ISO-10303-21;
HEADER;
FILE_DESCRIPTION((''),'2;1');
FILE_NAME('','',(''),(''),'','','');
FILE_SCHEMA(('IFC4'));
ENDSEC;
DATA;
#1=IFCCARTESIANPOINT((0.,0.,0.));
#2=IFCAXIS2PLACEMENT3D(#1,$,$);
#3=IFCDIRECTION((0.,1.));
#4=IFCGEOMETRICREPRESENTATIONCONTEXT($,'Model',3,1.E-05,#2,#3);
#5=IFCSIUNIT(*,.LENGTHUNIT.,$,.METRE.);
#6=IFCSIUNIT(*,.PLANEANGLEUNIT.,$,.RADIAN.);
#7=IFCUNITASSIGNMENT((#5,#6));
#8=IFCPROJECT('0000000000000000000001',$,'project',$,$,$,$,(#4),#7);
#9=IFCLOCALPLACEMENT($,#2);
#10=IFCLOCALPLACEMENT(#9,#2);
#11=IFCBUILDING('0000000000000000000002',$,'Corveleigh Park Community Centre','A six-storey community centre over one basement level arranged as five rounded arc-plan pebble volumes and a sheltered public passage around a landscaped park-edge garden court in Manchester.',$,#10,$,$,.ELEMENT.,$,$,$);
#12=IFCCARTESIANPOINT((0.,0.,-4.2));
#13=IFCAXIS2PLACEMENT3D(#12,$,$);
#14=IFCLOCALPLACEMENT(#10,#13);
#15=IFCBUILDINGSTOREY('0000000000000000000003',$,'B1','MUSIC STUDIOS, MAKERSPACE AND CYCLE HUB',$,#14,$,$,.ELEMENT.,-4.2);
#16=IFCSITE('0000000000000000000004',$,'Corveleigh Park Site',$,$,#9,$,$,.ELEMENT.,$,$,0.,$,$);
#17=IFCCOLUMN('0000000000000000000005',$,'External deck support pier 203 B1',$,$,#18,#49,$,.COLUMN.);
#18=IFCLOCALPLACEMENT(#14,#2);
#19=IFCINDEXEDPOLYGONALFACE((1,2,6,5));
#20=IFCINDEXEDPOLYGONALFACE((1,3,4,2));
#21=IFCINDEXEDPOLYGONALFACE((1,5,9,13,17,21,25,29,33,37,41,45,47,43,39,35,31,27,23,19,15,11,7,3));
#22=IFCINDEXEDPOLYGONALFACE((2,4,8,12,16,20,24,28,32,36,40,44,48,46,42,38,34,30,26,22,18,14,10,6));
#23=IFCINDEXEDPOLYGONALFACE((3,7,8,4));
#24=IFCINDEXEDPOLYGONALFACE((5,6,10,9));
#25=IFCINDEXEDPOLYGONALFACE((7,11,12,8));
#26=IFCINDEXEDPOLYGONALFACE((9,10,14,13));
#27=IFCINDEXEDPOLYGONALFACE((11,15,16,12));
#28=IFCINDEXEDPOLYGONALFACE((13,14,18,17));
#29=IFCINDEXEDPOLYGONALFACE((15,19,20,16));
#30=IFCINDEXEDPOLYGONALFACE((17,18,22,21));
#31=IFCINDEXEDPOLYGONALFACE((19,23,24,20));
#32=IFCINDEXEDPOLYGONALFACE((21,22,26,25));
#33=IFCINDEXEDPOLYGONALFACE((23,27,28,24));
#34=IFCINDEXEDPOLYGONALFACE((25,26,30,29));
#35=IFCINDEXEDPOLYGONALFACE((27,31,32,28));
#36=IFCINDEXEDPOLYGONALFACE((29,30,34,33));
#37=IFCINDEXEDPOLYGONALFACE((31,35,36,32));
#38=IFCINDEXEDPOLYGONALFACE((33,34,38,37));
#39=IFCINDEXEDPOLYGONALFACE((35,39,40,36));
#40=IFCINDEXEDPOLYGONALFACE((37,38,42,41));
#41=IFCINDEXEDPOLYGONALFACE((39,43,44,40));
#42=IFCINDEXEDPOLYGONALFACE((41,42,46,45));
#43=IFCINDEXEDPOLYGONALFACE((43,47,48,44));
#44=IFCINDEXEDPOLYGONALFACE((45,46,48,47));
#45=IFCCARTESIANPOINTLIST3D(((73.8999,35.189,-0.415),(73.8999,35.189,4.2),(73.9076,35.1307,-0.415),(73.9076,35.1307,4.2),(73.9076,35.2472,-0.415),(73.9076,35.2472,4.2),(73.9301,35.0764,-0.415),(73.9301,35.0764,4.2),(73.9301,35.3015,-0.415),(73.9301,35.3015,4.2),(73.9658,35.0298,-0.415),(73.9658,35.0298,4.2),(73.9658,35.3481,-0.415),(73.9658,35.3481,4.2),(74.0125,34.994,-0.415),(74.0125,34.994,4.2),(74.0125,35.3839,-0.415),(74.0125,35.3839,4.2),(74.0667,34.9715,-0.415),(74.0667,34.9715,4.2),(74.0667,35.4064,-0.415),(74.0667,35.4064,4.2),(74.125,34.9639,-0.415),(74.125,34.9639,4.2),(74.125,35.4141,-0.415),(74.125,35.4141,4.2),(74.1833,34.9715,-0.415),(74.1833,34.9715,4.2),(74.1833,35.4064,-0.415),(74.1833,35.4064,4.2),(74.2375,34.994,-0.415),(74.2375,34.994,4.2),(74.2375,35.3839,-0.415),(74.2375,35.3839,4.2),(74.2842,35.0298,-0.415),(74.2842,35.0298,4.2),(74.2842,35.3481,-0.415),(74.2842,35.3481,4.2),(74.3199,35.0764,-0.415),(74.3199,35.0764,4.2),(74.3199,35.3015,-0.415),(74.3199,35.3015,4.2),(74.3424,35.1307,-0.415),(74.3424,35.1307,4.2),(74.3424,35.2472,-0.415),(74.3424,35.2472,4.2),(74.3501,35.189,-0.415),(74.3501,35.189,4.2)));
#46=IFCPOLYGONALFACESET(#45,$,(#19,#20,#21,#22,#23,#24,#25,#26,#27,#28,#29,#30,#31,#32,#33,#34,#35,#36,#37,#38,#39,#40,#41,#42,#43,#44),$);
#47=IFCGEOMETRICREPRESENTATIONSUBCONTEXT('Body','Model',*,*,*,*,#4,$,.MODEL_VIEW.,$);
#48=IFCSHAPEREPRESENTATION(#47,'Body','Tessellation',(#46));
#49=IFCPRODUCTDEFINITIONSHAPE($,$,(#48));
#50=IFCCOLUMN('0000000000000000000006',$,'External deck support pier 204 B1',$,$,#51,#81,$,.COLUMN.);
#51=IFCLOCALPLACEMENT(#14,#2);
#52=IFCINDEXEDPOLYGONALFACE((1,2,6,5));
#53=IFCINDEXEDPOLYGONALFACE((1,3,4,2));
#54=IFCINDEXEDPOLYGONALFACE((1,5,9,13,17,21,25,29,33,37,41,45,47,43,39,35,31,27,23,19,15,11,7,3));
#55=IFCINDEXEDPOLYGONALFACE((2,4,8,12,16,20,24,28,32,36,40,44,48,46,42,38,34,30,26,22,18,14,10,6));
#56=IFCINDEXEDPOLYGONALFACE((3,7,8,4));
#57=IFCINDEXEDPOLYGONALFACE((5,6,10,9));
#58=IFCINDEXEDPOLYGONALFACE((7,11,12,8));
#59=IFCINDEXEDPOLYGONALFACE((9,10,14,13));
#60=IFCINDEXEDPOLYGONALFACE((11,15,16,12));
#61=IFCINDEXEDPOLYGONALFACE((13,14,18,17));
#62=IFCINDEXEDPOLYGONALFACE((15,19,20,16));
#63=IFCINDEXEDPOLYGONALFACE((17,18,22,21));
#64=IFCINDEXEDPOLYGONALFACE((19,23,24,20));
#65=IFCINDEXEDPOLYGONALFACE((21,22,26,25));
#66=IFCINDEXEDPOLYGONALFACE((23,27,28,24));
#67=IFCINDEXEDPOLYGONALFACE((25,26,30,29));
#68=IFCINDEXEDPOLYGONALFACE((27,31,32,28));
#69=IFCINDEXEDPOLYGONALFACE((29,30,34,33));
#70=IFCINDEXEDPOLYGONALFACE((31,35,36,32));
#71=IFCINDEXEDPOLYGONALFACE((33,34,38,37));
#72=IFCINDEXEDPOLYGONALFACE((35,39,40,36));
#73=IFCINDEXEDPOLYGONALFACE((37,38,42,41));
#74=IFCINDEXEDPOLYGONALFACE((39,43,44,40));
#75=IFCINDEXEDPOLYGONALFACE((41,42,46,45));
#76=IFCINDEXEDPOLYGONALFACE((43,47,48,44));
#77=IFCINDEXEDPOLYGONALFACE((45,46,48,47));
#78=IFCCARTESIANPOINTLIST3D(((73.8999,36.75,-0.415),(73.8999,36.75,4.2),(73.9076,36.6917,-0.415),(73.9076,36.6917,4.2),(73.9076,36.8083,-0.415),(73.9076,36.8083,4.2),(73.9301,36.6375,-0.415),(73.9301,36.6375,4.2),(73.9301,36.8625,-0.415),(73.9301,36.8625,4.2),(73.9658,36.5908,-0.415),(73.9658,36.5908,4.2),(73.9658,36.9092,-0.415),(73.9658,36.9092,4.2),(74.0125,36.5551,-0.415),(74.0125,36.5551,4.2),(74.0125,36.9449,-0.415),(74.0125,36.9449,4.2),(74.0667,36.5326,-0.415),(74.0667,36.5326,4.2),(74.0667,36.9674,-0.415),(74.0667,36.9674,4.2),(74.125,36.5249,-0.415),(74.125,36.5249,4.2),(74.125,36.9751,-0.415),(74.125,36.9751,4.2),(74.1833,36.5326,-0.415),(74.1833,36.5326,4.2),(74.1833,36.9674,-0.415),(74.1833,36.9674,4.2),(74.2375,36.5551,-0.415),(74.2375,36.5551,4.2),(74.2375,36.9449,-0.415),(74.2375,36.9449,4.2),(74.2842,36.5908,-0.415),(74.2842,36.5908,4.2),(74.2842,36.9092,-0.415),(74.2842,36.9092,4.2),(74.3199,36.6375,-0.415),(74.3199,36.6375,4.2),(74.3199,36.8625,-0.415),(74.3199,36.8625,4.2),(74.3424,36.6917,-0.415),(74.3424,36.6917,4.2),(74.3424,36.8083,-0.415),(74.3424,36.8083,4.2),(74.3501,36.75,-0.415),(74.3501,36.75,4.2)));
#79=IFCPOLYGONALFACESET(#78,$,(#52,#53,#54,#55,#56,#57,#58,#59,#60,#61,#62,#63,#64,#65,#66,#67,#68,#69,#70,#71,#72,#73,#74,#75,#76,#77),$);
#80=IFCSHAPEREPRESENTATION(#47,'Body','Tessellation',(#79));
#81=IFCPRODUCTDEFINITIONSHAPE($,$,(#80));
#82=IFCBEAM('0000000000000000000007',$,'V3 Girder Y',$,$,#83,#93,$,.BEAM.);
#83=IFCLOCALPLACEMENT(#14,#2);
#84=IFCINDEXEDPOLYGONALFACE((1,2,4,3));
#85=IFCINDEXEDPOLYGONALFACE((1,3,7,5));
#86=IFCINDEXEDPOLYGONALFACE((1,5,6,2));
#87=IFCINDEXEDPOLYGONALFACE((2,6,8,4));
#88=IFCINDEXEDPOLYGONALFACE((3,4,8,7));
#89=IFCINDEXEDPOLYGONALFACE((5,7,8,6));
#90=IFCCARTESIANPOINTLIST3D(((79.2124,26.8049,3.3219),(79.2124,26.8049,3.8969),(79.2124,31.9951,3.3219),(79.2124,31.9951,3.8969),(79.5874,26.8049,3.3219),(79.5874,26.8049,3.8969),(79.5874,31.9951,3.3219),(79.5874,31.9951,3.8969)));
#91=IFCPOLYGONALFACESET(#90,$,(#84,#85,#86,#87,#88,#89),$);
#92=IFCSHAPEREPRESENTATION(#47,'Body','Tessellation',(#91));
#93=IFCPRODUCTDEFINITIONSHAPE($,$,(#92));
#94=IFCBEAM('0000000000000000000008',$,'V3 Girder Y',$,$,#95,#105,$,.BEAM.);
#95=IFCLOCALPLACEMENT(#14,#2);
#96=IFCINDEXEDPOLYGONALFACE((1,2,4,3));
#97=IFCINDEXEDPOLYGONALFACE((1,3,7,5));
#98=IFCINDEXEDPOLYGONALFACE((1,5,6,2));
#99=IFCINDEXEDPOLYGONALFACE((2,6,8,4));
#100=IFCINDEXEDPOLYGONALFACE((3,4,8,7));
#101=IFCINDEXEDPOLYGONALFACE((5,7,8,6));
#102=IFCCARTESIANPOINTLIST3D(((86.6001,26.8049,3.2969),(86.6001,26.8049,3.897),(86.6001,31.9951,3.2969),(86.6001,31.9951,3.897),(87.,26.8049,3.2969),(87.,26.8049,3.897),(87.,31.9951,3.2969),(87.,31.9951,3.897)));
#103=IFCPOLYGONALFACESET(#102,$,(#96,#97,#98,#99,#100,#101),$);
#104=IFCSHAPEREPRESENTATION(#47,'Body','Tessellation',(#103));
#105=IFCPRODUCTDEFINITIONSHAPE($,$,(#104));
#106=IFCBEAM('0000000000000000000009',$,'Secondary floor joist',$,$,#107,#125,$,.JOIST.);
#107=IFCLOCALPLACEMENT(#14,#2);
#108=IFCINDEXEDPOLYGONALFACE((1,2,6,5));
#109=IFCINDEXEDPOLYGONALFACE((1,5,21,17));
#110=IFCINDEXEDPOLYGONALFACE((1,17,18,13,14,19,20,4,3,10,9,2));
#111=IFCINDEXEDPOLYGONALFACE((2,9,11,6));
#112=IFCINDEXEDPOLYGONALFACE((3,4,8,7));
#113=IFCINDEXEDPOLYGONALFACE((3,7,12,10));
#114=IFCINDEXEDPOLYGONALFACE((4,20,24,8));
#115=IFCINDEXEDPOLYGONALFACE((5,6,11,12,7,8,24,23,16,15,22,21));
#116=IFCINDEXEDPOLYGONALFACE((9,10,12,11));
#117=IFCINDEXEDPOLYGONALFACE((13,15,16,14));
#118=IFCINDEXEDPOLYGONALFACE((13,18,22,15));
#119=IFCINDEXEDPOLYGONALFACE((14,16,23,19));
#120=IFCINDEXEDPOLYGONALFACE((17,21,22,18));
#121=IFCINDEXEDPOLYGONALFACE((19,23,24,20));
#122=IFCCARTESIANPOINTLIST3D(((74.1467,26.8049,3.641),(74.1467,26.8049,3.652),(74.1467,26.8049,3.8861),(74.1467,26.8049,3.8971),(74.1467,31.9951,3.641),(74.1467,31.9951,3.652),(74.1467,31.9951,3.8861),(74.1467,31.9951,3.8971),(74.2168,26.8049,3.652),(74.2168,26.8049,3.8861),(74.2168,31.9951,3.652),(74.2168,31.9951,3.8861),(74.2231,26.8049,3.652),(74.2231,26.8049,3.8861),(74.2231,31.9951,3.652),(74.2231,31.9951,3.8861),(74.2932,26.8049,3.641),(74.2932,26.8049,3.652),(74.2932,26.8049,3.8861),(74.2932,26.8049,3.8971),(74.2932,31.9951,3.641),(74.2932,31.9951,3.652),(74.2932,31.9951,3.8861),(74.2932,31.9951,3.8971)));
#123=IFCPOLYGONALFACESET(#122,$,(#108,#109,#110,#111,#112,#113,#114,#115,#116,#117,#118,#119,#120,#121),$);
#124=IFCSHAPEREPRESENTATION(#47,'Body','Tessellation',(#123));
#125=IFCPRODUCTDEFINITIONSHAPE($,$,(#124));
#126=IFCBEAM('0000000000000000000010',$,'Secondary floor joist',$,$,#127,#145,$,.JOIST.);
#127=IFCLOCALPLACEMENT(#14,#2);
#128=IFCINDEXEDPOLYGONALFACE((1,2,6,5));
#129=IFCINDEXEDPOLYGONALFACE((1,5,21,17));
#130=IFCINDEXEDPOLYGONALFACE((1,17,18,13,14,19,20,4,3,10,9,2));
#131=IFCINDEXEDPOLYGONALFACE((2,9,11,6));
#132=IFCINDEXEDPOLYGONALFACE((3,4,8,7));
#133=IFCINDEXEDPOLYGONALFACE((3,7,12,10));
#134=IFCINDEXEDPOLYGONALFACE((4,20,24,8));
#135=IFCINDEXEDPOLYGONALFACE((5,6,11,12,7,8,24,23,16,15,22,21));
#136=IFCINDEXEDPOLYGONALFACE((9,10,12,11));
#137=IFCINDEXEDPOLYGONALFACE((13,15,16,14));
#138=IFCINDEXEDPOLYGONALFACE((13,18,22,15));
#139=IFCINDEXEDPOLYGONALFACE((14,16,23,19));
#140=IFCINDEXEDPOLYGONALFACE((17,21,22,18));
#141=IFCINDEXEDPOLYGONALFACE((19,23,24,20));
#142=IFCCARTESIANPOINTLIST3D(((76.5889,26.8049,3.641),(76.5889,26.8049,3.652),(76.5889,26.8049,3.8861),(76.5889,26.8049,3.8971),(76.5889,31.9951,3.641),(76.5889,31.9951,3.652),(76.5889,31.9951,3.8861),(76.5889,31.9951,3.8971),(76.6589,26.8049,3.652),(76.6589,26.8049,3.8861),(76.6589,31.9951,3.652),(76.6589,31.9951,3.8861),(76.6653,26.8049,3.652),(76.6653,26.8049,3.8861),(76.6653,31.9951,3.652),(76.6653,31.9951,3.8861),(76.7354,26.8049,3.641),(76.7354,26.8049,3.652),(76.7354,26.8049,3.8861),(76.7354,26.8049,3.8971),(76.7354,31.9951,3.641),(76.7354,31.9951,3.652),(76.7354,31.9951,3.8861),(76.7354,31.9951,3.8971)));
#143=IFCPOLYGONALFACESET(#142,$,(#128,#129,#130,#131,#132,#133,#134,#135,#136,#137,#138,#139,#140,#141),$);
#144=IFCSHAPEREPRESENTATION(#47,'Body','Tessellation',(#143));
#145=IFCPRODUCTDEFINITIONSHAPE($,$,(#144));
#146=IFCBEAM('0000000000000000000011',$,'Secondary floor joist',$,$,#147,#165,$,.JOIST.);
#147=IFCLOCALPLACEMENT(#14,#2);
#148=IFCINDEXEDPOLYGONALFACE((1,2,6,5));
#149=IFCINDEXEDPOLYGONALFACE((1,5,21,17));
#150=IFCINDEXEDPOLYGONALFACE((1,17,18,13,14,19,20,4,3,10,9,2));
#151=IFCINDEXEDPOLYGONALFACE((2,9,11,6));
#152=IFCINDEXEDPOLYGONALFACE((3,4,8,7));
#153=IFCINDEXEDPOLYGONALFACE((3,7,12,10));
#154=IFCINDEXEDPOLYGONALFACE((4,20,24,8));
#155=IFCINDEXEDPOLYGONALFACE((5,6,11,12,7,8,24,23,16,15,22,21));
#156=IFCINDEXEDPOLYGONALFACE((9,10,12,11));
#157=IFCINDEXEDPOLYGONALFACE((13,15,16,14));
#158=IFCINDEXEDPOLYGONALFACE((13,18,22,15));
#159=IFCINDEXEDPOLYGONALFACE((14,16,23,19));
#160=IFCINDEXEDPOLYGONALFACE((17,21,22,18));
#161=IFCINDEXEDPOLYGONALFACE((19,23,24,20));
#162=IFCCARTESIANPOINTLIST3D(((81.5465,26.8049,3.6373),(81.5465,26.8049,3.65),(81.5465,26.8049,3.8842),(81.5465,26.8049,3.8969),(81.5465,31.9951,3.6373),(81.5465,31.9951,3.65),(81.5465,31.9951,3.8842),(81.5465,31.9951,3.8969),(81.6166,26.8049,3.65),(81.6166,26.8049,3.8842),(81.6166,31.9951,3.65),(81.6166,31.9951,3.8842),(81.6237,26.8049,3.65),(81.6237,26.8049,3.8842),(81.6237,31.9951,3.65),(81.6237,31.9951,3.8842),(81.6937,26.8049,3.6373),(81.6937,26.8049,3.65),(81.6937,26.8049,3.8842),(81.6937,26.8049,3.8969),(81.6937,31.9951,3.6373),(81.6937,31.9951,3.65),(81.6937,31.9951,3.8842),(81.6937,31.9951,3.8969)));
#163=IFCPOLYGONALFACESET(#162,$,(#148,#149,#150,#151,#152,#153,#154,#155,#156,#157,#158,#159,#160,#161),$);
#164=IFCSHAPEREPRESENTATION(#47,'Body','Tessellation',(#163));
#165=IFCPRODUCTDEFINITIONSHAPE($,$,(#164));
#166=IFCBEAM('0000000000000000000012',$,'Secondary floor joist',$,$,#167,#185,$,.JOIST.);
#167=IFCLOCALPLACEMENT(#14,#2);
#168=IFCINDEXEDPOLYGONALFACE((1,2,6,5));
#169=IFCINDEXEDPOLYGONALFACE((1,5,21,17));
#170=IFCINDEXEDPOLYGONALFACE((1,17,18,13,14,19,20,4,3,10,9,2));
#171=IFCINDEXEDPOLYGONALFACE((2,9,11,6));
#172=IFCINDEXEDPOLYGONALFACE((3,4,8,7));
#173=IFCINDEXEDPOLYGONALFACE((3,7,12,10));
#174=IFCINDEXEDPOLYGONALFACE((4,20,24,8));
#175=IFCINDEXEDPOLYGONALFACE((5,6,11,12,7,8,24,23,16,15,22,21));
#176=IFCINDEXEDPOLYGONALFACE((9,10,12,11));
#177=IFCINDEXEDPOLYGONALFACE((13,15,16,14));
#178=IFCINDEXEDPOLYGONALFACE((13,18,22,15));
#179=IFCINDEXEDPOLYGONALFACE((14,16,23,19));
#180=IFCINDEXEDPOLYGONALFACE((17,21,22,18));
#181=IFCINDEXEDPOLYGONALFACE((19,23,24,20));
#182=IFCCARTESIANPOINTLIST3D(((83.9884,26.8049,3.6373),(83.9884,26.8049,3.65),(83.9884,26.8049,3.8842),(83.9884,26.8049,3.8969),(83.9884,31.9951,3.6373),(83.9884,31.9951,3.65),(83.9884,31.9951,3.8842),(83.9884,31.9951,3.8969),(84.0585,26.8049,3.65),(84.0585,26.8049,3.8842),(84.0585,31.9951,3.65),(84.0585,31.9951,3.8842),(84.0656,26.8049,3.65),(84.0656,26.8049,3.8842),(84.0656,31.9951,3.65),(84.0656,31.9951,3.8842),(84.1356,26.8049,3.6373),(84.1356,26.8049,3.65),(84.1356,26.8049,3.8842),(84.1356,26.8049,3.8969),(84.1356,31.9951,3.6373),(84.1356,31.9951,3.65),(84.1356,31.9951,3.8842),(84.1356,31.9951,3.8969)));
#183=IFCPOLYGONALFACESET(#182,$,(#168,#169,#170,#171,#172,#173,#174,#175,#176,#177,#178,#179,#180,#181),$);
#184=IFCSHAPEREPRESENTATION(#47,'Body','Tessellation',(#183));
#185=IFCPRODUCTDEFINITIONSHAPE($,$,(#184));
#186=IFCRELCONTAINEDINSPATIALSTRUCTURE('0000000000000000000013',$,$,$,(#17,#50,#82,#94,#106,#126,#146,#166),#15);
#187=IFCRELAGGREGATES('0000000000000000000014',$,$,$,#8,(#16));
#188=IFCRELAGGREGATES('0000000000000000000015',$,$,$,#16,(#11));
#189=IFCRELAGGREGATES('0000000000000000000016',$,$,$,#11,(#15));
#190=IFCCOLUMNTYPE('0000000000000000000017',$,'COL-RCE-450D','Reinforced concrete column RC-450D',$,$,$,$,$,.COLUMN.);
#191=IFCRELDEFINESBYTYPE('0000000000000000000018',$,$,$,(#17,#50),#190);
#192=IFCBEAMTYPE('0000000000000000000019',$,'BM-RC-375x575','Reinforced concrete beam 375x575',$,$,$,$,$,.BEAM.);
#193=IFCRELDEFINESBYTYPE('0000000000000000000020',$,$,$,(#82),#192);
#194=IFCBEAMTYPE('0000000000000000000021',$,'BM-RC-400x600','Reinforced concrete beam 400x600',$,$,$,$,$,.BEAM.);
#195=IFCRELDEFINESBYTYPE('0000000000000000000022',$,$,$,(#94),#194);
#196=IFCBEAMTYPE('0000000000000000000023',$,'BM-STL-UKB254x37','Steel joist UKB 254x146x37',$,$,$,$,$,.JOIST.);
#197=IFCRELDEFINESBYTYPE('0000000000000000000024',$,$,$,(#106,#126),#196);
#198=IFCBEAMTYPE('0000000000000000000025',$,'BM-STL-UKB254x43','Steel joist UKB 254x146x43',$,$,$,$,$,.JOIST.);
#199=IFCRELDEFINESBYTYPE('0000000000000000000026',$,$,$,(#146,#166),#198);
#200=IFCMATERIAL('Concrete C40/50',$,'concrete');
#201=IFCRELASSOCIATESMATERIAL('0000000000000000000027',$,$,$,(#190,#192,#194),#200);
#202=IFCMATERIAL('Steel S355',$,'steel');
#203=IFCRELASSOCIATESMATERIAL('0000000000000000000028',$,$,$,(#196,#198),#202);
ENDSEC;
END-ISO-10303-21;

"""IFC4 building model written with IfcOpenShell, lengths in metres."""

from ifc_helpers import new_model, si_unit, direction, frame, origin, origin_2d, place, context, subcontext, project, spatial, rectangle, circle, i_section, extrude, material, material_profile, profile_set, type_object, element, save


model = new_model("IFC4")

# Units and contexts
model_context = context("Model", 3, precision=1e-05, world=origin(), true_north=direction((0.0, 1.0)))
body_context = subcontext(model_context, "Body", "Model", "MODEL_VIEW")
ifc_project = project(units=[si_unit("LENGTHUNIT", "METRE"), si_unit("PLANEANGLEUNIT", "RADIAN")], contexts=[model_context])

# Site, building, storey
site_placement = place(None, origin())
site = spatial("IfcSite", under=ifc_project, at=site_placement, Name="Corveleigh Park Site", CompositionType="ELEMENT", RefElevation=0.0)
building_placement = place(site_placement, origin())
building = spatial("IfcBuilding", under=site, at=building_placement, Name="Corveleigh Park Community Centre", Description="A six-storey community centre over one basement level arranged as five rounded arc-plan pebble volumes and a sheltered public passage around a landscaped park-edge garden court in Manchester.", CompositionType="ELEMENT")
storey_placement = place(building_placement, frame((0.0, 0.0, -4.2)))
storey = spatial("IfcBuildingStorey", under=building, at=storey_placement, Name="B1", Description="MUSIC STUDIOS, MAKERSPACE AND CYCLE HUB", CompositionType="ELEMENT", Elevation=-4.2)

# Shared definitions
ifc_material_1 = material(Name="Concrete C40/50", Category="concrete")

# Columns
ifc_material_profile_1 = material_profile(ifc_material_1, circle(Radius=0.2251, at=origin_2d()), Name="RC-450D", Category="concrete")
ifc_profile_set_1 = profile_set([ifc_material_profile_1], Name="Concrete C40/50")
column_type_1 = type_object("IfcColumnType", Name="COL-RCE-450D", Description="Reinforced concrete column RC-450D", PredefinedType="COLUMN", material=ifc_profile_set_1)
for number, where, z_axis, x_axis, name in (
    (1, (74.125, 35.189, -0.415), (0.0, 0.0, 1.0), (1.0, 0.0, 0.0), "External deck support pier 203 B1"),
    (2, (74.125, 36.75, -0.415), (0.0, 0.0, 1.0), (1.0, 0.0, 0.0), "External deck support pier 204 B1"),
):
    element("IfcColumn", number, at=place(storey_placement, frame(where, z_axis=z_axis, x_axis=x_axis)), inside=storey, type_object=column_type_1, Name=name, PredefinedType="COLUMN", context=body_context, shape_type="SweptSolid", body=[
        extrude(circle(Radius=0.2251, at=origin_2d()), origin(), (0.0, 0.0, 1.0), 4.615),
    ])

# Beams
ifc_material_profile_2 = material_profile(ifc_material_1, rectangle(XDim=0.375, YDim=0.575, at=origin_2d()), Name="RC-375x575", Category="concrete")
ifc_profile_set_2 = profile_set([ifc_material_profile_2], Name="Concrete C40/50")
beam_type_1 = type_object("IfcBeamType", Name="BM-RC-375x575", Description="Reinforced concrete beam 375x575", PredefinedType="BEAM", material=ifc_profile_set_2)
beam_1_placement = place(storey_placement, frame((79.3999, 26.8049, 3.6094), z_axis=(0.0, 1.0, 0.0), x_axis=(-1.0, 0.0, 0.0)))
element("IfcBeam", 3, at=beam_1_placement, inside=storey, type_object=beam_type_1, Name="V3 Girder Y", PredefinedType="BEAM", context=body_context, shape_type="SweptSolid", body=[
    extrude(rectangle(XDim=0.375, YDim=0.575, at=origin_2d()), origin(), (0.0, 0.0, 1.0), 5.1902),
])
ifc_material_profile_3 = material_profile(ifc_material_1, rectangle(XDim=0.3999, YDim=0.6001, at=origin_2d()), Name="RC-400x600", Category="concrete")
ifc_profile_set_3 = profile_set([ifc_material_profile_3], Name="Concrete C40/50")
beam_type_2 = type_object("IfcBeamType", Name="BM-RC-400x600", Description="Reinforced concrete beam 400x600", PredefinedType="BEAM", material=ifc_profile_set_3)
beam_2_placement = place(storey_placement, frame((86.8, 26.8049, 3.5969), z_axis=(0.0, 1.0, 0.0), x_axis=(-1.0, 0.0, 0.0)))
element("IfcBeam", 4, at=beam_2_placement, inside=storey, type_object=beam_type_2, Name="V3 Girder Y", PredefinedType="BEAM", context=body_context, shape_type="SweptSolid", body=[
    extrude(rectangle(XDim=0.3999, YDim=0.6001, at=origin_2d()), origin(), (0.0, 0.0, 1.0), 5.1902),
])
ifc_material_2 = material(Name="Steel S355", Category="steel")
ifc_material_profile_4 = material_profile(ifc_material_2, i_section(OverallWidth=0.1465, OverallDepth=0.2561, WebThickness=0.0063, FlangeThickness=0.011, at=origin_2d()), Name="UKB 254x146x37", Category="steel")
ifc_profile_set_4 = profile_set([ifc_material_profile_4], Name="Steel S355")
beam_type_3 = type_object("IfcBeamType", Name="BM-STL-UKB254x37", Description="Steel joist UKB 254x146x37", PredefinedType="JOIST", material=ifc_profile_set_4)
for number, where, z_axis, x_axis, name in (
    (5, (74.22, 26.8049, 3.769), (0.0, 1.0, 0.0), (-1.0, 0.0, 0.0), "Secondary floor joist"),
    (6, (76.6621, 26.8049, 3.769), (0.0, 1.0, 0.0), (-1.0, 0.0, 0.0), "Secondary floor joist"),
):
    element("IfcBeam", number, at=place(storey_placement, frame(where, z_axis=z_axis, x_axis=x_axis)), inside=storey, type_object=beam_type_3, Name=name, PredefinedType="JOIST", context=body_context, shape_type="SweptSolid", body=[
        extrude(i_section(OverallWidth=0.1465, OverallDepth=0.2561, WebThickness=0.0063, FlangeThickness=0.011, at=origin_2d()), origin(), (0.0, 0.0, 1.0), 5.1902),
    ])
ifc_material_profile_5 = material_profile(ifc_material_2, i_section(OverallWidth=0.1472, OverallDepth=0.2595, WebThickness=0.0071, FlangeThickness=0.0127, at=origin_2d()), Name="UKB 254x146x43", Category="steel")
ifc_profile_set_5 = profile_set([ifc_material_profile_5], Name="Steel S355")
beam_type_4 = type_object("IfcBeamType", Name="BM-STL-UKB254x43", Description="Steel joist UKB 254x146x43", PredefinedType="JOIST", material=ifc_profile_set_5)
for number, where, z_axis, x_axis, name in (
    (7, (81.6201, 26.8049, 3.7671), (0.0, 1.0, 0.0), (-1.0, 0.0, 0.0), "Secondary floor joist"),
    (8, (84.062, 26.8049, 3.7671), (0.0, 1.0, 0.0), (-1.0, 0.0, 0.0), "Secondary floor joist"),
):
    element("IfcBeam", number, at=place(storey_placement, frame(where, z_axis=z_axis, x_axis=x_axis)), inside=storey, type_object=beam_type_4, Name=name, PredefinedType="JOIST", context=body_context, shape_type="SweptSolid", body=[
        extrude(i_section(OverallWidth=0.1472, OverallDepth=0.2595, WebThickness=0.0071, FlangeThickness=0.0127, at=origin_2d()), origin(), (0.0, 0.0, 1.0), 5.1902),
    ])

save(model, "model.ifc")
